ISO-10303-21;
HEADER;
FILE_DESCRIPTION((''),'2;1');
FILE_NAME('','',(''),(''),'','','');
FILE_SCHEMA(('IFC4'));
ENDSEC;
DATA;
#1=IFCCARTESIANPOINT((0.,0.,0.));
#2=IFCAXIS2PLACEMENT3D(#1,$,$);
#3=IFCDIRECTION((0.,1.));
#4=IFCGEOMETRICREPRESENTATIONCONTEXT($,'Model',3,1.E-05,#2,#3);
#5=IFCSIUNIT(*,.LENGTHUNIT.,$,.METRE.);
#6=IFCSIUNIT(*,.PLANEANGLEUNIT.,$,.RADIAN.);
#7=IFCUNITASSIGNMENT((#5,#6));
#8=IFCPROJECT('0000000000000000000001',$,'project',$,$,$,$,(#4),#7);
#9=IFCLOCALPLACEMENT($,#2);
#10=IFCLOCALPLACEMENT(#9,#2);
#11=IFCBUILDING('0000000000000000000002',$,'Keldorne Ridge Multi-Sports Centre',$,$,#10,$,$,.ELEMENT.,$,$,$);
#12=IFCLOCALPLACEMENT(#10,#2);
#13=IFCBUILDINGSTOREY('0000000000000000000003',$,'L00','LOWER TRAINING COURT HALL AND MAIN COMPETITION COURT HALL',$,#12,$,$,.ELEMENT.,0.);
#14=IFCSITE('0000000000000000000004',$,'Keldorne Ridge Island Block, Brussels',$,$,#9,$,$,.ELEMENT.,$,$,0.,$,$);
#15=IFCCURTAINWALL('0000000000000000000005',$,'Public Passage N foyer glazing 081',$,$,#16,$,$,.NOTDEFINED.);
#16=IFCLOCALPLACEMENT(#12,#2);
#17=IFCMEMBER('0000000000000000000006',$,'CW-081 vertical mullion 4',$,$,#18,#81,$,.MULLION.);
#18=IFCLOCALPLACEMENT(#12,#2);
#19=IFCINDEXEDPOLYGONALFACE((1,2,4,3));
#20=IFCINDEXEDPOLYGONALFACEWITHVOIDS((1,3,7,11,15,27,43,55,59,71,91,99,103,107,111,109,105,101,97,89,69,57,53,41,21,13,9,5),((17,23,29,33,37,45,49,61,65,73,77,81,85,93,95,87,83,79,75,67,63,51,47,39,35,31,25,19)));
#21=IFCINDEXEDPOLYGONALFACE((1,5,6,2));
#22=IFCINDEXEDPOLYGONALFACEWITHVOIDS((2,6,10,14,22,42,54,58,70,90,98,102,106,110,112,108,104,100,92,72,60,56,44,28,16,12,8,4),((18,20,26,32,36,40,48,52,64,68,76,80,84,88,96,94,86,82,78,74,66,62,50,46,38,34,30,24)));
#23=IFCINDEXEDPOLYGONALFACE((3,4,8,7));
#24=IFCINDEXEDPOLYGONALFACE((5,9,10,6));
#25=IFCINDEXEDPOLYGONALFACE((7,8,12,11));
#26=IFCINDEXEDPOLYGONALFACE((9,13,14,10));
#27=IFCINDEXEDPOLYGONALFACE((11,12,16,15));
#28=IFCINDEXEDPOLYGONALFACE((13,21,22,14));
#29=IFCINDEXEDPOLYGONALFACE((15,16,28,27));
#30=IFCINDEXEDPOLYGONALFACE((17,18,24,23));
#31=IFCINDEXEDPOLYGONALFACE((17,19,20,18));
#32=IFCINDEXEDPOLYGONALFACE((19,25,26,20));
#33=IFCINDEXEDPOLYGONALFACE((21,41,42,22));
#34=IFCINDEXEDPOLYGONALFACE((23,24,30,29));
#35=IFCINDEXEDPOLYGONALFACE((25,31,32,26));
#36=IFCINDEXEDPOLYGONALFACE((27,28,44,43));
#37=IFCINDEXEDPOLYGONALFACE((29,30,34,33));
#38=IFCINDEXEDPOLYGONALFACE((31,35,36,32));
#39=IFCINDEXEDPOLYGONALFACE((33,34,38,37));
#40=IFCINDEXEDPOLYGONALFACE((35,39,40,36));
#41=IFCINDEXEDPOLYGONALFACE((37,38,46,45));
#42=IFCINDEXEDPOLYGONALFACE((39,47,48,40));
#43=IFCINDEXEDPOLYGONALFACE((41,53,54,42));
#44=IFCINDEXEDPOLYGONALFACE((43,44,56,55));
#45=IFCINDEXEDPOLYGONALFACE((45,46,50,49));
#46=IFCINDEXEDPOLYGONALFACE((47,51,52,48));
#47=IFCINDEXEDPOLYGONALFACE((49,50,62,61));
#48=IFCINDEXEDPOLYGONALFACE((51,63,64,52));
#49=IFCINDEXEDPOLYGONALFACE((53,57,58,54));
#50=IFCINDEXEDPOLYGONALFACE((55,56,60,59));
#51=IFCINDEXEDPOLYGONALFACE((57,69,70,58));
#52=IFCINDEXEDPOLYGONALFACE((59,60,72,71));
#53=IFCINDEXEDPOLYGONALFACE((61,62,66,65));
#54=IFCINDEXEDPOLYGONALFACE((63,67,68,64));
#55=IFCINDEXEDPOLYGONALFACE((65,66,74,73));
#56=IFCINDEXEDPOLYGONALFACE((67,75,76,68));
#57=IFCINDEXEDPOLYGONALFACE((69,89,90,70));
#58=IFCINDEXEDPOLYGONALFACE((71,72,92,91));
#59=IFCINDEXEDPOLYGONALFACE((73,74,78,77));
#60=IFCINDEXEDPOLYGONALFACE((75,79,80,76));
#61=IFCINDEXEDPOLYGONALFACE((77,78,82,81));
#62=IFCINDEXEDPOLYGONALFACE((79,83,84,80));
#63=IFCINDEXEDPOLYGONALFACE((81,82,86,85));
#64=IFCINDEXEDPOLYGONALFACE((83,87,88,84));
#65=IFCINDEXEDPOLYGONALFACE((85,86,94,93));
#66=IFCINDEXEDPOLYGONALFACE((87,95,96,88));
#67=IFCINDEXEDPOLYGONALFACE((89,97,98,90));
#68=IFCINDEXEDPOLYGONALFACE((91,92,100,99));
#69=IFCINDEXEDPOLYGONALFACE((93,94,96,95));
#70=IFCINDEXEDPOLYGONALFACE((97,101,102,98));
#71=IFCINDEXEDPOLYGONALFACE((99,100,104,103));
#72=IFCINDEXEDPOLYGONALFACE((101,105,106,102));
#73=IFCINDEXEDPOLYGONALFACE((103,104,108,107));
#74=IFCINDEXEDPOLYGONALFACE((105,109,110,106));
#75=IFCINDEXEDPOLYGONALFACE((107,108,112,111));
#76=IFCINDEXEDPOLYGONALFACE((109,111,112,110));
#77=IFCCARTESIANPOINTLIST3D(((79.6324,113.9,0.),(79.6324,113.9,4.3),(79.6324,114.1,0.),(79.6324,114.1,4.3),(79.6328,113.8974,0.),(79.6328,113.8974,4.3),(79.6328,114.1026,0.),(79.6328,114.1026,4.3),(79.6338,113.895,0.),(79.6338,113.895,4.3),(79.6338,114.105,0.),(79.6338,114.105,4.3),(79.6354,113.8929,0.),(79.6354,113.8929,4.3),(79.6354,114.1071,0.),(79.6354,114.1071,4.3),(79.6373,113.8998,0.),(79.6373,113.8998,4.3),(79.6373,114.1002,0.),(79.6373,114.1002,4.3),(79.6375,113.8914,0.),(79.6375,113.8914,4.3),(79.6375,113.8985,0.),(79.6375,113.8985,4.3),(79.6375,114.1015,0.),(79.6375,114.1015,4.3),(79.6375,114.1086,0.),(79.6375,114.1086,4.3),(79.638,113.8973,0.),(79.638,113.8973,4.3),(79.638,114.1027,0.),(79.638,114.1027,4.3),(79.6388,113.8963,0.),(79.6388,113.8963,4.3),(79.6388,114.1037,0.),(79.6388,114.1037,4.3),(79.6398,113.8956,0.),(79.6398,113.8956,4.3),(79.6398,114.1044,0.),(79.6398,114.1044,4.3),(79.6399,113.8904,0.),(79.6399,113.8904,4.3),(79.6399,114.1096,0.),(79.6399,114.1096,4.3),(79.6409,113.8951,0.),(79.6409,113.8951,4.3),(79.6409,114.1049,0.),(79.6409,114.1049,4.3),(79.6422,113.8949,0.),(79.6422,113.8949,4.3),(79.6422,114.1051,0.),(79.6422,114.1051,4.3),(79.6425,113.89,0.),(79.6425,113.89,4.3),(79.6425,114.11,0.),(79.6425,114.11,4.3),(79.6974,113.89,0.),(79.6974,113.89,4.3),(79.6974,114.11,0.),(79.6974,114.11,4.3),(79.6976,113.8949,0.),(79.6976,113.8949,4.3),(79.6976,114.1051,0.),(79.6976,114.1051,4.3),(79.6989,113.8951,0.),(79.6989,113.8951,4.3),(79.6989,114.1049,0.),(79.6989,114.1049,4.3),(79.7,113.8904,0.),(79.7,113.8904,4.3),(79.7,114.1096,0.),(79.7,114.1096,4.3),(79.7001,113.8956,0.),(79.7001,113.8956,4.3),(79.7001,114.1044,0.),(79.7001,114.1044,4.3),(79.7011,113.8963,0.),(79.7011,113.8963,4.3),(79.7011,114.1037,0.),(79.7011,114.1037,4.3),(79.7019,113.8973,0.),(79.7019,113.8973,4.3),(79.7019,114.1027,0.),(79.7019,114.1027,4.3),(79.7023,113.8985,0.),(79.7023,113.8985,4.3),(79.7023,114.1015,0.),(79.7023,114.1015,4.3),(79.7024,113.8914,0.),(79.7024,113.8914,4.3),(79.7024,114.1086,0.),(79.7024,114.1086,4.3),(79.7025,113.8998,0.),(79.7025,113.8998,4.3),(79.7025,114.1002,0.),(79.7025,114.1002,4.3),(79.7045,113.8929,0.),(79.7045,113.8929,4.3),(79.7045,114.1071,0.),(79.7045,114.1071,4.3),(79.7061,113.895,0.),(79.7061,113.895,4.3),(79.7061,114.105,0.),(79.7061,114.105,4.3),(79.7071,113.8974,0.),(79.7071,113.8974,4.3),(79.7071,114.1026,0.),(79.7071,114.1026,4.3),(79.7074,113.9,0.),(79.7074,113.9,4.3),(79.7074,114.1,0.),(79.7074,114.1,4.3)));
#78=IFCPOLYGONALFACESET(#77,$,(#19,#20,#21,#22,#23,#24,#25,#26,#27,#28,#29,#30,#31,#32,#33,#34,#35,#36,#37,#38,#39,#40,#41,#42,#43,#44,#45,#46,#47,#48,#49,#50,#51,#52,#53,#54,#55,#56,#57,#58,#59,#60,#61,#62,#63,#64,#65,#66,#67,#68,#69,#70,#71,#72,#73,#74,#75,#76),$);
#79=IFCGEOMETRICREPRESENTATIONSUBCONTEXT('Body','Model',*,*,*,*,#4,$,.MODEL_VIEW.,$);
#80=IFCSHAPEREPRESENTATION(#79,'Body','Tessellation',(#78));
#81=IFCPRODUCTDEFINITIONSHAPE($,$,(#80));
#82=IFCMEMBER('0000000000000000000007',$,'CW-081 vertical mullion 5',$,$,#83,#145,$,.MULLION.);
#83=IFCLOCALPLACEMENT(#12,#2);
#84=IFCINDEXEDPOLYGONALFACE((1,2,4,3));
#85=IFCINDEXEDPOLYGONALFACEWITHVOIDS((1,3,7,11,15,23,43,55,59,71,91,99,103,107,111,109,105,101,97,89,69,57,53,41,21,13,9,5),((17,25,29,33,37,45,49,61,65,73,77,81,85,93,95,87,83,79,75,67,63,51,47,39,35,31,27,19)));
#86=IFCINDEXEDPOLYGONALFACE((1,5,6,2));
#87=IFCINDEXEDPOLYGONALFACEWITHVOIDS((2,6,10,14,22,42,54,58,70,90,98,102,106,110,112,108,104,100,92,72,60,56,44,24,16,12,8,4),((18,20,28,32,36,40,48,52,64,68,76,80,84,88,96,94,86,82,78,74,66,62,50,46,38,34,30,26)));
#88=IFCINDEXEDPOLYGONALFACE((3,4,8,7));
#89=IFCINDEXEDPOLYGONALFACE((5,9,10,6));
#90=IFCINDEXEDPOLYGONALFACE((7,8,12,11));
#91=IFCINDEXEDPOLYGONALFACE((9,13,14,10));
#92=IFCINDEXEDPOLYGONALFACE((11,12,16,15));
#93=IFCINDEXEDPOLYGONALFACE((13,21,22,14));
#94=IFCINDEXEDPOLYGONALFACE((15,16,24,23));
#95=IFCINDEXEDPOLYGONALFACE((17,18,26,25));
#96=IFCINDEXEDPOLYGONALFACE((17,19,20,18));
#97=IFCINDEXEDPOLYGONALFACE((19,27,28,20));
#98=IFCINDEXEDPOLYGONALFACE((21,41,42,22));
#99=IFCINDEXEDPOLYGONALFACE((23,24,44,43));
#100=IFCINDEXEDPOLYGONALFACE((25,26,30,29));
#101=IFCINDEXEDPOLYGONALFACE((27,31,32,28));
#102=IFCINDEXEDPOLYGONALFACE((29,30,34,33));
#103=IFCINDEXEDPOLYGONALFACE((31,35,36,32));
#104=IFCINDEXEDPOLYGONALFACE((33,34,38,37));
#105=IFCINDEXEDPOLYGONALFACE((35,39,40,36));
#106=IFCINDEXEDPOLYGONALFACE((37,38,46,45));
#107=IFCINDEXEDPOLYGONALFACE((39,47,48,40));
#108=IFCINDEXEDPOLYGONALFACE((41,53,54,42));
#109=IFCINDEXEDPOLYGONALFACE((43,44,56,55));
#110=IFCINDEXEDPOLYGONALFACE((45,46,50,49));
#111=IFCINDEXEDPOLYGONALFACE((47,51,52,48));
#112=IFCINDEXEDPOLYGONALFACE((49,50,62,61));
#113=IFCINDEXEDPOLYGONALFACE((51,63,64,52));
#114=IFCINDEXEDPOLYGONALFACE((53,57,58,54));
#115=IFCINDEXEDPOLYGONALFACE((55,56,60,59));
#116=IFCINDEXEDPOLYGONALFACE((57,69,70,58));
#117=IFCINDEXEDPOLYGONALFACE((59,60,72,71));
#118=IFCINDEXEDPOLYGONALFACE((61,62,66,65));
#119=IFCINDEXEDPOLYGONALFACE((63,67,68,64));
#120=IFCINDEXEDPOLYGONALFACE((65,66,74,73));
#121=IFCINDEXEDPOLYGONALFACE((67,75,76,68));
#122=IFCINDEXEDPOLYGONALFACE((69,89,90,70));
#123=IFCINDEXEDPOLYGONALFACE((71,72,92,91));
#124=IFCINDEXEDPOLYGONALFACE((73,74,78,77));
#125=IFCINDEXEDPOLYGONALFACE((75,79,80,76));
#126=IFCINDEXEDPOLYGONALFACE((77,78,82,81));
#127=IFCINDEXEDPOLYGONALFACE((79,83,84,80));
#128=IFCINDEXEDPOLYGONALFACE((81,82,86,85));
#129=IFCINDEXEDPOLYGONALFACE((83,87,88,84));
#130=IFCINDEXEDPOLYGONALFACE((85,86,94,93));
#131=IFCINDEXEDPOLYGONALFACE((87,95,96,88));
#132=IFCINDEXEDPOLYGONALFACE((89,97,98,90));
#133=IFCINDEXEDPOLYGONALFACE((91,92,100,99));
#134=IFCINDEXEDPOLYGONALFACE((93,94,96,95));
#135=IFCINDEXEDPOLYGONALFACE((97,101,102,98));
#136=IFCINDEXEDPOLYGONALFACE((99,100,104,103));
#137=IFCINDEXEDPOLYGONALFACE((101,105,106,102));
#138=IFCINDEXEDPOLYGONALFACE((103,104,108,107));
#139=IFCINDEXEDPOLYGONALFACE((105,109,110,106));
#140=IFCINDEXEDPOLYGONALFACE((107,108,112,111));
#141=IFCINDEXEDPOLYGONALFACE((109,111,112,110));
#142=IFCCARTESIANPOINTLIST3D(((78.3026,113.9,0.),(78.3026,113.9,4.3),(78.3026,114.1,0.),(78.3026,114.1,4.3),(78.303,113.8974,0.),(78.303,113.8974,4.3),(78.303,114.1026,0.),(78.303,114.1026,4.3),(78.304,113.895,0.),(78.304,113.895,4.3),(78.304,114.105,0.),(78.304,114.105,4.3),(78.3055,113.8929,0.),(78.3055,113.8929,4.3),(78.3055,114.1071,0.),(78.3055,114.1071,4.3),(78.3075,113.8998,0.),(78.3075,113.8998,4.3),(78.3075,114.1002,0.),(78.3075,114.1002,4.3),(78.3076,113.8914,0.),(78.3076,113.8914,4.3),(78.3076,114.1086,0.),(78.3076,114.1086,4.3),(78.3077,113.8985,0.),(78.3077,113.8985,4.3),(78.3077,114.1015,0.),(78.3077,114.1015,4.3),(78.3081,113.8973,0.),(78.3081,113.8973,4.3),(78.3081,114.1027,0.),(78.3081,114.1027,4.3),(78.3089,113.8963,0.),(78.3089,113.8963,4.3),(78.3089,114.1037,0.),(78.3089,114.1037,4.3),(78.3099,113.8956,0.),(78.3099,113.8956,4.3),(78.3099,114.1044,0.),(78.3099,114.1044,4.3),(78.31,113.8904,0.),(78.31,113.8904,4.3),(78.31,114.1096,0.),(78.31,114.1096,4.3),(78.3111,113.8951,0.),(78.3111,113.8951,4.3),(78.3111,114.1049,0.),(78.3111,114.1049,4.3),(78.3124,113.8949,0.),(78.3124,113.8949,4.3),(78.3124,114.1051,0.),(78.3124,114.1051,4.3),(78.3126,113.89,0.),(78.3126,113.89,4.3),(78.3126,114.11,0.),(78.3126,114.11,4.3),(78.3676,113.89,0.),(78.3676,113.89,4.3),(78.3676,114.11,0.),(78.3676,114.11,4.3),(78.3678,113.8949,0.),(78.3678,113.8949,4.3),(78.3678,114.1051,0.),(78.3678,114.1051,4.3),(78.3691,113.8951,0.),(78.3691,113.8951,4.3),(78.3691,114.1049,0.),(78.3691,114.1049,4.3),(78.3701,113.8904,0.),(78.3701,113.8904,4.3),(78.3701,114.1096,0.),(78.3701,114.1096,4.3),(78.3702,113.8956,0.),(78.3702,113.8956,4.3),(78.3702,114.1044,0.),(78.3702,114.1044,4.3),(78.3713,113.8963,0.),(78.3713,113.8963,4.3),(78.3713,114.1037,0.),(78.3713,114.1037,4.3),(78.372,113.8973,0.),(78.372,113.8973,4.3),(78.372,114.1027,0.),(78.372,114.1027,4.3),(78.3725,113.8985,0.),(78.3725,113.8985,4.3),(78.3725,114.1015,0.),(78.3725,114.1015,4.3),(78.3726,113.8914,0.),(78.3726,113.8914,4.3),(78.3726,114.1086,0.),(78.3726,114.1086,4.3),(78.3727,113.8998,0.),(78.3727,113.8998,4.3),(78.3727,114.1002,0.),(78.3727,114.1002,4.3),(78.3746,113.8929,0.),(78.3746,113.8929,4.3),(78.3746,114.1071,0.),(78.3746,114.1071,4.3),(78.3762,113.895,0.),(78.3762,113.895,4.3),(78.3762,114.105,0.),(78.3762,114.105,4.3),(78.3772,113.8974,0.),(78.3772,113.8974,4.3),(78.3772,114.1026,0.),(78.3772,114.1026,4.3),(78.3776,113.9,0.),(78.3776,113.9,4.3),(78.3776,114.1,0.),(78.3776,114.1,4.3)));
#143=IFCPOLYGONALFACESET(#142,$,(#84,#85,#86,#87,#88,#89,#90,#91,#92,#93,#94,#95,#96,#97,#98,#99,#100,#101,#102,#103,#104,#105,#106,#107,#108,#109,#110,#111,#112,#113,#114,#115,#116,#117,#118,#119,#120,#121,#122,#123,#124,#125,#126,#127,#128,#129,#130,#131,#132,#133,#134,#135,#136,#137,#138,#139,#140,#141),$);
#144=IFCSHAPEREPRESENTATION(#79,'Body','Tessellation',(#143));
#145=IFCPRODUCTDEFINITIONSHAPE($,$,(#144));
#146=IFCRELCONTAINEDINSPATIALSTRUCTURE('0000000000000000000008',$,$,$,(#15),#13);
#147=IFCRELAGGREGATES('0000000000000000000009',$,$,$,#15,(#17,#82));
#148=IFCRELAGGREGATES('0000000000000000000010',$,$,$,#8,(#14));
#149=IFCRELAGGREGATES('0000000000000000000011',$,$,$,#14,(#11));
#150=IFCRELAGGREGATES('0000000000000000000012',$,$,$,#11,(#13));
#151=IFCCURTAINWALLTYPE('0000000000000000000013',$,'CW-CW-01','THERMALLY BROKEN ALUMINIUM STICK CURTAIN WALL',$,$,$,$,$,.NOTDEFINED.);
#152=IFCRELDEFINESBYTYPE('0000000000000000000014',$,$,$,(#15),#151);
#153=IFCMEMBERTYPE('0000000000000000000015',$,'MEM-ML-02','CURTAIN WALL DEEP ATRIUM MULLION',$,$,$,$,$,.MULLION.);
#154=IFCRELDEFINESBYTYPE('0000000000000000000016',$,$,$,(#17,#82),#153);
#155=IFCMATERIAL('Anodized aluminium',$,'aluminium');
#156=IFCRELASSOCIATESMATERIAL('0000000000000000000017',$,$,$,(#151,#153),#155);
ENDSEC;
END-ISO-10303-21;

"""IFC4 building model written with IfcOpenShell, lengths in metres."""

from ifc_helpers import new_model, si_unit, direction, frame, origin, origin_2d, place, context, subcontext, project, spatial, hollow_rectangle, extrude, material, material_profile, profile_set, type_object, element, aggregate, save


model = new_model("IFC4")

# Units and contexts
model_context = context("Model", 3, precision=1e-05, world=origin(), true_north=direction((0.0, 1.0)))
body_context = subcontext(model_context, "Body", "Model", "MODEL_VIEW")
ifc_project = project(units=[si_unit("LENGTHUNIT", "METRE"), si_unit("PLANEANGLEUNIT", "RADIAN")], contexts=[model_context])

# Site, building, storey
site_placement = place(None, origin())
site = spatial("IfcSite", under=ifc_project, at=site_placement, Name="Keldorne Ridge Island Block, Brussels", CompositionType="ELEMENT", RefElevation=0.0)
building_placement = place(site_placement, origin())
building = spatial("IfcBuilding", under=site, at=building_placement, Name="Keldorne Ridge Multi-Sports Centre", CompositionType="ELEMENT")
storey_placement = place(building_placement, origin())
storey = spatial("IfcBuildingStorey", under=building, at=storey_placement, Name="L00", Description="LOWER TRAINING COURT HALL AND MAIN COMPETITION COURT HALL", CompositionType="ELEMENT", Elevation=0.0)

# Curtain wall, members
ifc_material_1 = material(Name="Anodized aluminium", Category="aluminium")
curtain_wall_type_1 = type_object("IfcCurtainWallType", Name="CW-CW-01", Description="THERMALLY BROKEN ALUMINIUM STICK CURTAIN WALL", PredefinedType="NOTDEFINED", material=ifc_material_1)
curtain_wall_1_placement = place(storey_placement, origin())
curtain_wall_1 = element("IfcCurtainWall", 1, at=curtain_wall_1_placement, inside=storey, type_object=curtain_wall_type_1, Name="Public Passage N foyer glazing 081", PredefinedType="NOTDEFINED")
ifc_material_profile_1 = material_profile(ifc_material_1, hollow_rectangle(XDim=0.075, YDim=0.22, WallThickness=0.0049, InnerFilletRadius=0.0049, OuterFilletRadius=0.01, at=origin_2d()), Name="ALU MULLION 220x75x5")
ifc_profile_set_1 = profile_set([ifc_material_profile_1], Name="Anodized aluminium")
member_type_1 = type_object("IfcMemberType", Name="MEM-ML-02", Description="CURTAIN WALL DEEP ATRIUM MULLION", PredefinedType="MULLION", material=ifc_profile_set_1)
member_1_placement = place(storey_placement, frame((79.6699, 114.0, 0.0), z_axis=(0.0, 0.0, 1.0), x_axis=(1.0, 0.0, 0.0)))
member_1 = element("IfcMember", 2, at=member_1_placement, type_object=member_type_1, Name="CW-081 vertical mullion 4", PredefinedType="MULLION", context=body_context, shape_type="SweptSolid", body=[
    extrude(hollow_rectangle(XDim=0.075, YDim=0.22, WallThickness=0.0049, InnerFilletRadius=0.0049, OuterFilletRadius=0.01, at=origin_2d()), origin(), (0.0, 0.0, 1.0), 4.3),
])
member_2_placement = place(storey_placement, frame((78.3401, 114.0, 0.0), z_axis=(0.0, 0.0, 1.0), x_axis=(1.0, 0.0, 0.0)))
member_2 = element("IfcMember", 3, at=member_2_placement, type_object=member_type_1, Name="CW-081 vertical mullion 5", PredefinedType="MULLION", context=body_context, shape_type="SweptSolid", body=[
    extrude(hollow_rectangle(XDim=0.075, YDim=0.22, WallThickness=0.0049, InnerFilletRadius=0.0049, OuterFilletRadius=0.01, at=origin_2d()), origin(), (0.0, 0.0, 1.0), 4.3),
])

aggregate(curtain_wall_1, [member_1, member_2])

save(model, "model.ifc")
